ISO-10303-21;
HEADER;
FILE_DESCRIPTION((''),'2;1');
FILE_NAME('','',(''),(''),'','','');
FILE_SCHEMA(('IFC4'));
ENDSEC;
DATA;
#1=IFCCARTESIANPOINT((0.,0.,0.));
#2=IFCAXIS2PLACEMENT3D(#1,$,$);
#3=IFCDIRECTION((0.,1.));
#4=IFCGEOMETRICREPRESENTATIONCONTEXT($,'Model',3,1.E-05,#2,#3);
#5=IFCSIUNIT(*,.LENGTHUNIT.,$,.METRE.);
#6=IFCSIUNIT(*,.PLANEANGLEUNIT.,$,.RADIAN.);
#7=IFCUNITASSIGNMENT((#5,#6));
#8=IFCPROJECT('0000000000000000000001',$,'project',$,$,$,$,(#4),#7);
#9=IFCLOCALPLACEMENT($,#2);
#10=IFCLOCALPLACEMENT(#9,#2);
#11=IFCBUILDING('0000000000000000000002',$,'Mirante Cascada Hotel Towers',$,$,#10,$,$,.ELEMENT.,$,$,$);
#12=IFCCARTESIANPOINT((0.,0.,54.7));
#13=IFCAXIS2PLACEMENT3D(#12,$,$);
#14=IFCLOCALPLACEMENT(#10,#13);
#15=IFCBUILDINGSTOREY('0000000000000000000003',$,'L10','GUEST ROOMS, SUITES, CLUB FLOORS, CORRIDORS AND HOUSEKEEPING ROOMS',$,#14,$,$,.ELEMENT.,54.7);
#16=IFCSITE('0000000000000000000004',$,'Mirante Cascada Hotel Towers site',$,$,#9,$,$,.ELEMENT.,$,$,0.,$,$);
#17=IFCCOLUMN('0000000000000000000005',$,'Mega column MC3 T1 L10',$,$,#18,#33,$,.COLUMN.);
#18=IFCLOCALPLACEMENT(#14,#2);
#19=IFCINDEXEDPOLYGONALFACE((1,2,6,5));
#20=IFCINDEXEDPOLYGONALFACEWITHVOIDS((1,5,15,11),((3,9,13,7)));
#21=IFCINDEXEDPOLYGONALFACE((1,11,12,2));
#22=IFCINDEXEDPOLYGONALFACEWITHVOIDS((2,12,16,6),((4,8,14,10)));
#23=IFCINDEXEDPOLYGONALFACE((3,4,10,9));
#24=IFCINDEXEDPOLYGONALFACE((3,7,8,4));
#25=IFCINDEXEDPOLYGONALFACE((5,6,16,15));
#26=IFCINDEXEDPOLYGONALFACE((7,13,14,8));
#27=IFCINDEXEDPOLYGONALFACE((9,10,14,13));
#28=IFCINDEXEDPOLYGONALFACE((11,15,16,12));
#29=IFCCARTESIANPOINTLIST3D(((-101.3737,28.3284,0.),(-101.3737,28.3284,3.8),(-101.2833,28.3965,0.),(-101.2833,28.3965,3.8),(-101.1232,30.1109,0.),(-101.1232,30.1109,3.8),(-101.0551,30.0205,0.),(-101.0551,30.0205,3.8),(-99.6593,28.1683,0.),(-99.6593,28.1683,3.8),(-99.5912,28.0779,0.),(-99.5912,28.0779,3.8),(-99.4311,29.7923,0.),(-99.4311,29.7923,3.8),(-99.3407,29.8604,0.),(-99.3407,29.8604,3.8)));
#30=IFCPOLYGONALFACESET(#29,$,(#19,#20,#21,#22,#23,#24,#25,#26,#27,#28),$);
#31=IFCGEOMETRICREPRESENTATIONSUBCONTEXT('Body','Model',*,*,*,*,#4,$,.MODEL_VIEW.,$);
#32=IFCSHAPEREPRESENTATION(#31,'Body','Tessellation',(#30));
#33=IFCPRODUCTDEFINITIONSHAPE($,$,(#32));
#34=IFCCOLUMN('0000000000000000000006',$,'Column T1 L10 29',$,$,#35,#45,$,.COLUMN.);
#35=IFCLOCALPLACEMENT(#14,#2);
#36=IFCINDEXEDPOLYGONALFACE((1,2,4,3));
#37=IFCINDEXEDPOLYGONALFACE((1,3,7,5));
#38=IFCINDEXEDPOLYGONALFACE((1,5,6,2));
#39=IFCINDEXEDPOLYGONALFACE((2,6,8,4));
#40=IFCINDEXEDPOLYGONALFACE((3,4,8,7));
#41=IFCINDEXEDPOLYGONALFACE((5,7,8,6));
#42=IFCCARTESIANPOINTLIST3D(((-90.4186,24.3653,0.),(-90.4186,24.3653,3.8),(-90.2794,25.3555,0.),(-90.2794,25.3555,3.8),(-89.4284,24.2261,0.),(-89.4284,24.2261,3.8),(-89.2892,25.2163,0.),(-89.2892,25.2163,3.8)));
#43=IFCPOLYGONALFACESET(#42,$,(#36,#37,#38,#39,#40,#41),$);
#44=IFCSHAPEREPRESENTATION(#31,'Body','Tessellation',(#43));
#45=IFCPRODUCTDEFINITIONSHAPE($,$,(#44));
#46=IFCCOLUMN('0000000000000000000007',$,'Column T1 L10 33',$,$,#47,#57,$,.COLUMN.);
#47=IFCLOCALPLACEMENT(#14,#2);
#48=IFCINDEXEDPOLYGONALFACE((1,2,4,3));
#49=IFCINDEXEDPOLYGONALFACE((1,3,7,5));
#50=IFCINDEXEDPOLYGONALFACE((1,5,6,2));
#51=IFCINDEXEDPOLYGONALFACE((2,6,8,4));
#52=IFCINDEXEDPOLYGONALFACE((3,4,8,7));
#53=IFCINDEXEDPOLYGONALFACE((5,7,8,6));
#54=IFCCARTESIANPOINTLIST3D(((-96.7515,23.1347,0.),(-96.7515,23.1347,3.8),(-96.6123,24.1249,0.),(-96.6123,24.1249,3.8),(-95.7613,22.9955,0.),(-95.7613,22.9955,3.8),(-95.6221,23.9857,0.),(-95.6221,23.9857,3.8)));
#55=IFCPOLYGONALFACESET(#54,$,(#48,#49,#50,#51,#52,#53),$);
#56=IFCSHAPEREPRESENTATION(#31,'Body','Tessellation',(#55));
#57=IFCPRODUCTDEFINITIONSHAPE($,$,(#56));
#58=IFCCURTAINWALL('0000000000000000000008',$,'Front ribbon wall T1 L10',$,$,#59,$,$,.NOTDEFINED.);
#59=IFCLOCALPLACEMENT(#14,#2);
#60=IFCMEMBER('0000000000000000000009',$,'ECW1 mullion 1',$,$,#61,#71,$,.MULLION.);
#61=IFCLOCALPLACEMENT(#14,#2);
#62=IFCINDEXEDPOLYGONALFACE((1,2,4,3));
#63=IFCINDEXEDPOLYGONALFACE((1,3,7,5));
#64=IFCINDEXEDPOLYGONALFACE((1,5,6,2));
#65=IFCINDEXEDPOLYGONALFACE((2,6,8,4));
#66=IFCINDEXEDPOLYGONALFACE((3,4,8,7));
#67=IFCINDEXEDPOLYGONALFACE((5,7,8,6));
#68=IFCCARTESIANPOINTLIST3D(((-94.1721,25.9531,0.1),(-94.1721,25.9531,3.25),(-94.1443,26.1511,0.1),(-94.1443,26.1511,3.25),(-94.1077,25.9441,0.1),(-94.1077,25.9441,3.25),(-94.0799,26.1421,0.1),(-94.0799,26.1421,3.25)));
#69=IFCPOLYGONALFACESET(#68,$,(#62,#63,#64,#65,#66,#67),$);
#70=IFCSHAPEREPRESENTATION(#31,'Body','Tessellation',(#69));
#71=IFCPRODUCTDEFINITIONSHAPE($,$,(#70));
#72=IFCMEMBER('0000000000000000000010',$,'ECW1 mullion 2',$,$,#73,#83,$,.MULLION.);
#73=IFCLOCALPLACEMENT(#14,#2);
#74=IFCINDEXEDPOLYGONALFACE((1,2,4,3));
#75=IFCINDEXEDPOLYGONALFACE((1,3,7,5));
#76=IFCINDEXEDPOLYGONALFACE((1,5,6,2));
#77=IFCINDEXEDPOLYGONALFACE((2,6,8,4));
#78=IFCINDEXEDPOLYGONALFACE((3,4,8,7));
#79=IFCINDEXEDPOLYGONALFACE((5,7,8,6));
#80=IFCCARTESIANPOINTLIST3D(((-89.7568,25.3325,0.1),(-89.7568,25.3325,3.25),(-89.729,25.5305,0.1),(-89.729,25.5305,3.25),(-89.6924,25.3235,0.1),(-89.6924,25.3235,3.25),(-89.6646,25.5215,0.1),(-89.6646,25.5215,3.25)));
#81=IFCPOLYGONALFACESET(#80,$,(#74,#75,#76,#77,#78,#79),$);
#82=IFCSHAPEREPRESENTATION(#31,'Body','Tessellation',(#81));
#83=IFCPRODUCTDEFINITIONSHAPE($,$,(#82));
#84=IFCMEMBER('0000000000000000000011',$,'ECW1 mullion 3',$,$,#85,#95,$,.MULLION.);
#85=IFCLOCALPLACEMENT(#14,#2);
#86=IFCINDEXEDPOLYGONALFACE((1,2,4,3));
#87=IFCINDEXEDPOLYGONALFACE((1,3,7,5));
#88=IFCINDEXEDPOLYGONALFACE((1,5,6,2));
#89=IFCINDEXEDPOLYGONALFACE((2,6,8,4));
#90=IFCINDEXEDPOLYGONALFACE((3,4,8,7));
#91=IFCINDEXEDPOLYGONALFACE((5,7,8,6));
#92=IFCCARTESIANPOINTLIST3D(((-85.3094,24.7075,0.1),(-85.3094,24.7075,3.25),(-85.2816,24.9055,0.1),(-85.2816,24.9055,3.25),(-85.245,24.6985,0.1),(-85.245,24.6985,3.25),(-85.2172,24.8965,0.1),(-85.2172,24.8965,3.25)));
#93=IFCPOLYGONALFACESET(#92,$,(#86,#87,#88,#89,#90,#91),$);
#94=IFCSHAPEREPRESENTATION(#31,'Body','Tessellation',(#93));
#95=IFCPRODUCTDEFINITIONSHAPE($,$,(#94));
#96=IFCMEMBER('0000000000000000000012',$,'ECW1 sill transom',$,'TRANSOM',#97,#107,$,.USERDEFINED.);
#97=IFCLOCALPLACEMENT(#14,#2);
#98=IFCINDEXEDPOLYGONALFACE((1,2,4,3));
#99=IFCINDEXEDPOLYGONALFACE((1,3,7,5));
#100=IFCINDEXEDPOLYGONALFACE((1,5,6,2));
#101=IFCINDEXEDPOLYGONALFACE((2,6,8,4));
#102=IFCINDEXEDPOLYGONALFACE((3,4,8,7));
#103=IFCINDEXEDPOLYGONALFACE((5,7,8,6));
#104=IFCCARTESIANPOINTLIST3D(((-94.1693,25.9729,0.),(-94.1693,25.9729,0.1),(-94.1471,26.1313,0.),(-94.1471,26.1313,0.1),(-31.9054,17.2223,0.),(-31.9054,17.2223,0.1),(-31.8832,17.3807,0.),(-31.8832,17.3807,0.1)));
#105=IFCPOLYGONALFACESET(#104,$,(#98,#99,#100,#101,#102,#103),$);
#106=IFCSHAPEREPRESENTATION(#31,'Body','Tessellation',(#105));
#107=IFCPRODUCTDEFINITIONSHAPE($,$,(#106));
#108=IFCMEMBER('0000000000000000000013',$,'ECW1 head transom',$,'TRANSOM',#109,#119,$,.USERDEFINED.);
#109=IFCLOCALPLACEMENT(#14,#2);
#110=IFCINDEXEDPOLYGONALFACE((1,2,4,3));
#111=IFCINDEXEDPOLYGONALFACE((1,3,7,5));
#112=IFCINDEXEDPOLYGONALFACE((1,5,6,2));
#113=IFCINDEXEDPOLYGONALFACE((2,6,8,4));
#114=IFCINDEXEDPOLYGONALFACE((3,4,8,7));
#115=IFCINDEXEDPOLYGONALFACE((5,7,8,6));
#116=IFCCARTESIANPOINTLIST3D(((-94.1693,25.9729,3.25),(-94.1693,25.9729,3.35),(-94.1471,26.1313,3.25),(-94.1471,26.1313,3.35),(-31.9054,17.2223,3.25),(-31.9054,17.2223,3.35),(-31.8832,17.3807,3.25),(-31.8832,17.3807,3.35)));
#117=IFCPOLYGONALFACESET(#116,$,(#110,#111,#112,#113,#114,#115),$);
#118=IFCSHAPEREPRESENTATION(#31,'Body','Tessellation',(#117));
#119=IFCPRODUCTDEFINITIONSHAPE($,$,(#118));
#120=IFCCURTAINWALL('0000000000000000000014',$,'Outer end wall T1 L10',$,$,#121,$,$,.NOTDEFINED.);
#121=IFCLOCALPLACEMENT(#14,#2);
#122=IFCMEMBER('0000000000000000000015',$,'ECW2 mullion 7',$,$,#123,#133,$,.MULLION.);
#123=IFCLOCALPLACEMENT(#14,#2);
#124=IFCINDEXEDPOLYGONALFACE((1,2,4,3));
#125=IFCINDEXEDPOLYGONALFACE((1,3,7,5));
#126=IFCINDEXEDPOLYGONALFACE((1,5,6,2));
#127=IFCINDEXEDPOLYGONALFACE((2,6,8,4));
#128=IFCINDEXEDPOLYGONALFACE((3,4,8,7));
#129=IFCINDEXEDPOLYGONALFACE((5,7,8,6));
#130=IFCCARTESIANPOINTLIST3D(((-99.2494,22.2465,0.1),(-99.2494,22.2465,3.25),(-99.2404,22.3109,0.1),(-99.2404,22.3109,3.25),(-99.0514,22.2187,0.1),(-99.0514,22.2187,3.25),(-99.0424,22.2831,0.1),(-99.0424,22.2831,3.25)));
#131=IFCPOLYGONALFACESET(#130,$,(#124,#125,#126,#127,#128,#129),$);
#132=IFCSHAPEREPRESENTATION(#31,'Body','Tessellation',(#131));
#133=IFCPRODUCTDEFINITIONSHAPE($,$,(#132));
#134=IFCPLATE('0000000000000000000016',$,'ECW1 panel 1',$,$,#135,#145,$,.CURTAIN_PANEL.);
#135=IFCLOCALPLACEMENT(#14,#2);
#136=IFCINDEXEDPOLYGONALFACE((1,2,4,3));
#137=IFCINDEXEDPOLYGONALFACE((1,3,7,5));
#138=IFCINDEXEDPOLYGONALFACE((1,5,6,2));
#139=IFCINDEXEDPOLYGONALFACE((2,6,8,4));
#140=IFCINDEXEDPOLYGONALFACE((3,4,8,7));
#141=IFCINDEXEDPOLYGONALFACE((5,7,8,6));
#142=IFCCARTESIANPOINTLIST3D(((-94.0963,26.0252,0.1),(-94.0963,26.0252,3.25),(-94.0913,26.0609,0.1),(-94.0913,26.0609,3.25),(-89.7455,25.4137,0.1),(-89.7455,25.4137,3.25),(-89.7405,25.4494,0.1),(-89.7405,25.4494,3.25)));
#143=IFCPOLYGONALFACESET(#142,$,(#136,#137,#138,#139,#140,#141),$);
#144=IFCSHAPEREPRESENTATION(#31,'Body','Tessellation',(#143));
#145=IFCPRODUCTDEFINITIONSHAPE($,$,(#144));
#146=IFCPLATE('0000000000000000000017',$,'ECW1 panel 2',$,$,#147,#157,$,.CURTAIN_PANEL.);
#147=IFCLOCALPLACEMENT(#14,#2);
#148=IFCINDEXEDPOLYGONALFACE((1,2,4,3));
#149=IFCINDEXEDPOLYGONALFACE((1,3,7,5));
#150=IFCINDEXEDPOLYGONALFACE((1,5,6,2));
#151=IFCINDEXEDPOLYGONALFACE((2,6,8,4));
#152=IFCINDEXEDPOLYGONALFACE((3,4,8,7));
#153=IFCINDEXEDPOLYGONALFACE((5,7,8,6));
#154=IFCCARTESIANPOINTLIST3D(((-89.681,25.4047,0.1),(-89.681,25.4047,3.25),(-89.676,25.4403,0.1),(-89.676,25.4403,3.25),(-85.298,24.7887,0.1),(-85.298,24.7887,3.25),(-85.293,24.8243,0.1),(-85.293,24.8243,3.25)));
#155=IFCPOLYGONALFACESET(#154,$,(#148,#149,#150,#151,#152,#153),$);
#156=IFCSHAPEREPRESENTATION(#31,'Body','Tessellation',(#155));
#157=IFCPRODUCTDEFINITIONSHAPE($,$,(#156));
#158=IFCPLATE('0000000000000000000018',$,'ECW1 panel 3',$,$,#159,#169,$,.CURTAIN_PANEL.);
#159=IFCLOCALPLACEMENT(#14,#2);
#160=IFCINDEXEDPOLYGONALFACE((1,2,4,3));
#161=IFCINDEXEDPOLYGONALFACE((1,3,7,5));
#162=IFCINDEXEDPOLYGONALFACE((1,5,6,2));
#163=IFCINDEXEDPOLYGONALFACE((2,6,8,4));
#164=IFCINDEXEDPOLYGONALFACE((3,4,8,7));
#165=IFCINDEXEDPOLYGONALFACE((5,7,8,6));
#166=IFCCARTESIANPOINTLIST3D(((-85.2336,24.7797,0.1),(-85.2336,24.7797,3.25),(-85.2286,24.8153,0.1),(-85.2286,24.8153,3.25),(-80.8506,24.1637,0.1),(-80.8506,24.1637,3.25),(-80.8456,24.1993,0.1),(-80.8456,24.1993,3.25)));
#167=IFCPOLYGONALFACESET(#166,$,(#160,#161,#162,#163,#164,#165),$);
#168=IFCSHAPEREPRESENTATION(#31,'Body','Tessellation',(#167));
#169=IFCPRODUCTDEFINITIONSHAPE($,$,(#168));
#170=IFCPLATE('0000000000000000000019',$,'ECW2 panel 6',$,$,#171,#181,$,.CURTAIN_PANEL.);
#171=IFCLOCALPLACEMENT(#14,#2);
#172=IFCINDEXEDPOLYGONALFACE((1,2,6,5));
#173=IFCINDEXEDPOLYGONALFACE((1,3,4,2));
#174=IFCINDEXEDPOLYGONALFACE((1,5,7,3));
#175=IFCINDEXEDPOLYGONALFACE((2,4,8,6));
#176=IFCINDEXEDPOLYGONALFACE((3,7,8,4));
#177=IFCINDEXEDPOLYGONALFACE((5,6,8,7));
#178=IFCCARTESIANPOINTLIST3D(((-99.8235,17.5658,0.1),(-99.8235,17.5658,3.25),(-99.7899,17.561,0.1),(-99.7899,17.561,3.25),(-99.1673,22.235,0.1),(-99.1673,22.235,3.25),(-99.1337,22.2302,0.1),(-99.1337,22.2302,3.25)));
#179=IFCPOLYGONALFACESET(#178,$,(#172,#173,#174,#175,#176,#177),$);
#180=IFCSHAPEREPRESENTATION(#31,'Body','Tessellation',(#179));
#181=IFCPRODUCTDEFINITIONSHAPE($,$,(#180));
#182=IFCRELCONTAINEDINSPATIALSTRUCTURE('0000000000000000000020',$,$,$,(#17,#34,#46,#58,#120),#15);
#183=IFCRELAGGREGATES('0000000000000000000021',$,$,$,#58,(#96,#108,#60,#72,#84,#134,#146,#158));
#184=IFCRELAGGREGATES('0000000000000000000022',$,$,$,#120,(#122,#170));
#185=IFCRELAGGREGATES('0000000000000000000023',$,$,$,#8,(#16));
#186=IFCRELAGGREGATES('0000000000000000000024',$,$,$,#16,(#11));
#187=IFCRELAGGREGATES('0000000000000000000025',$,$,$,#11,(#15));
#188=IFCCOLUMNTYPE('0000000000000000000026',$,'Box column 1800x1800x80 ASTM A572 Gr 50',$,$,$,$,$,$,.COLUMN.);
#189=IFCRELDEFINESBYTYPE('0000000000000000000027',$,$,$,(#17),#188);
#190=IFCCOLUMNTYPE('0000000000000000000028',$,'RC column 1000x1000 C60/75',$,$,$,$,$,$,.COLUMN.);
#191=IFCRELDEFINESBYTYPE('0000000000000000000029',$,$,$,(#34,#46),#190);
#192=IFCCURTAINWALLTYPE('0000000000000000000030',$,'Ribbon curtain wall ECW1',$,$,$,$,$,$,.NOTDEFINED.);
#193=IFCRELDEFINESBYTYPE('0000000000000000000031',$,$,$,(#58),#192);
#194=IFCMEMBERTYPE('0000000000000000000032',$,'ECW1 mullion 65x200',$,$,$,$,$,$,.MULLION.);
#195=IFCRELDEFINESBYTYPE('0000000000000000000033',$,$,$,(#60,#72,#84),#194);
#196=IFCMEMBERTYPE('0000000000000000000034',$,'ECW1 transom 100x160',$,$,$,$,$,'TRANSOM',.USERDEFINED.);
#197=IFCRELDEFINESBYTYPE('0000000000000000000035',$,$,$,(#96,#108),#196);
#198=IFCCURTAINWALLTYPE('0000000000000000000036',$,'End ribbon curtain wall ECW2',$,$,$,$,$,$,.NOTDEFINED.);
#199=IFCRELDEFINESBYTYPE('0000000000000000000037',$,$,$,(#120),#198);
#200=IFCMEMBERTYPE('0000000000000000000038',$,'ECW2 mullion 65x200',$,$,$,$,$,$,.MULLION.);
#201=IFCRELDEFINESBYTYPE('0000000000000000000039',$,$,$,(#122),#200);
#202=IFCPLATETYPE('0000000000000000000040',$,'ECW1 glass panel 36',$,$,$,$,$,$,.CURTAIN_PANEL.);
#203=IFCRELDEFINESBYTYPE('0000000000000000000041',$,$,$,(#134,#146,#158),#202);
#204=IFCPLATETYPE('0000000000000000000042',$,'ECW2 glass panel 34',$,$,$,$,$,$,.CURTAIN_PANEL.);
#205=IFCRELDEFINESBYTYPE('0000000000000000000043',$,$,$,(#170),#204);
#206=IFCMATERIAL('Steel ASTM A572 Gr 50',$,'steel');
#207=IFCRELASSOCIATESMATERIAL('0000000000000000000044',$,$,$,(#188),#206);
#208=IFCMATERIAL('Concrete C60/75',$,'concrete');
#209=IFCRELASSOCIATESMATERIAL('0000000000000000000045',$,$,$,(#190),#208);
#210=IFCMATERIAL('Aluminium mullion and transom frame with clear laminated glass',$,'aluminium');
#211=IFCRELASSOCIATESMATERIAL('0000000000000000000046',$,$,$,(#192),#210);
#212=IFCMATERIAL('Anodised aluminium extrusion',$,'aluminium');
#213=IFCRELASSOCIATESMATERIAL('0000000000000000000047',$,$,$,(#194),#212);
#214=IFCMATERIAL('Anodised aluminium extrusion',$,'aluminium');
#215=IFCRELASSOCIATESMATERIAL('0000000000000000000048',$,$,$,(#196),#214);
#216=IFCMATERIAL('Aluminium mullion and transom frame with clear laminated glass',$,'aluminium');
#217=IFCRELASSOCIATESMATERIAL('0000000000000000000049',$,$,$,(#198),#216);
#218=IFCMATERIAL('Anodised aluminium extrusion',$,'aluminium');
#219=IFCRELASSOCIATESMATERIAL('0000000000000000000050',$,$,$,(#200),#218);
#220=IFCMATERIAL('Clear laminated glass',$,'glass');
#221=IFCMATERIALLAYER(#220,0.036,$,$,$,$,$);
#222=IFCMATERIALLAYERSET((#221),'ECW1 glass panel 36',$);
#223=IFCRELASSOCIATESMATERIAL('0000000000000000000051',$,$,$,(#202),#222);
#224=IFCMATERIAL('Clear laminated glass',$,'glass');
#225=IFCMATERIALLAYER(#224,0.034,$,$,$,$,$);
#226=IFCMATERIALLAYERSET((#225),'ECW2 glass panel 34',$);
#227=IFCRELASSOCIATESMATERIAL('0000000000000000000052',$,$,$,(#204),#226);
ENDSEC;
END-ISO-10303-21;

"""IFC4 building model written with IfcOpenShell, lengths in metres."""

from ifc_helpers import new_model, si_unit, direction, frame, origin, origin_2d, place, context, subcontext, project, spatial, rectangle, hollow_rectangle, extrude, material, layer, layer_set, material_profile, profile_set, type_object, element, aggregate, save


model = new_model("IFC4")

# Units and contexts
model_context = context("Model", 3, precision=1e-05, world=origin(), true_north=direction((0.0, 1.0)))
body_context = subcontext(model_context, "Body", "Model", "MODEL_VIEW")
ifc_project = project(units=[si_unit("LENGTHUNIT", "METRE"), si_unit("PLANEANGLEUNIT", "RADIAN")], contexts=[model_context])

# Site, building, storey
site_placement = place(None, origin())
site = spatial("IfcSite", under=ifc_project, at=site_placement, Name="Mirante Cascada Hotel Towers site", CompositionType="ELEMENT", RefElevation=0.0)
building_placement = place(site_placement, origin())
building = spatial("IfcBuilding", under=site, at=building_placement, Name="Mirante Cascada Hotel Towers", CompositionType="ELEMENT")
storey_placement = place(building_placement, frame((0.0, 0.0, 54.7)))
storey = spatial("IfcBuildingStorey", under=building, at=storey_placement, Name="L10", Description="GUEST ROOMS, SUITES, CLUB FLOORS, CORRIDORS AND HOUSEKEEPING ROOMS", CompositionType="ELEMENT", Elevation=54.7)

# Columns
ifc_material_1 = material(Name="Steel ASTM A572 Gr 50", Category="steel")
ifc_material_profile_1 = material_profile(ifc_material_1, hollow_rectangle(XDim=1.8, YDim=1.8, WallThickness=0.08, at=origin_2d()), Name="Box column 1800x1800x80 ASTM A572 Gr 50")
ifc_profile_set_1 = profile_set([ifc_material_profile_1], Name="Steel ASTM A572 Gr 50")
column_type_1 = type_object("IfcColumnType", Name="Box column 1800x1800x80 ASTM A572 Gr 50", PredefinedType="COLUMN", material=ifc_profile_set_1)
column_placement = place(storey_placement, frame((-100.3572, 29.0944, 0.0), z_axis=(0.0, 0.0, 1.0), x_axis=(-0.990268, 0.139173, 0.0)))
element("IfcColumn", 1, at=column_placement, inside=storey, type_object=column_type_1, Name="Mega column MC3 T1 L10", PredefinedType="COLUMN", context=body_context, shape_type="SweptSolid", body=[
    extrude(hollow_rectangle(XDim=1.8, YDim=1.8, WallThickness=0.08, at=origin_2d()), origin(), (0.0, 0.0, 1.0), 3.8),
])
ifc_material_2 = material(Name="Concrete C60/75", Category="concrete")
ifc_material_profile_2 = material_profile(ifc_material_2, rectangle(XDim=1.0, YDim=1.0, at=origin_2d()), Name="RC column 1000x1000 C60/75")
ifc_profile_set_2 = profile_set([ifc_material_profile_2], Name="Concrete C60/75")
column_type_2 = type_object("IfcColumnType", Name="RC column 1000x1000 C60/75", PredefinedType="COLUMN", material=ifc_profile_set_2)
for number, where, z_axis, x_axis, name in (
    (2, (-89.8539, 24.7908, 0.0), (0.0, 0.0, 1.0), (-0.990268, 0.139173, 0.0), "Column T1 L10 29"),
    (3, (-96.1868, 23.5602, 0.0), (0.0, 0.0, 1.0), (-0.990268, 0.139173, 0.0), "Column T1 L10 33"),
):
    element("IfcColumn", number, at=place(storey_placement, frame(where, z_axis=z_axis, x_axis=x_axis)), inside=storey, type_object=column_type_2, Name=name, PredefinedType="COLUMN", context=body_context, shape_type="SweptSolid", body=[
        extrude(rectangle(XDim=1.0, YDim=1.0, at=origin_2d()), origin(), (0.0, 0.0, 1.0), 3.8),
    ])

# Curtain wall, members
ifc_material_3 = material(Name="Aluminium mullion and transom frame with clear laminated glass", Category="aluminium")
curtain_wall_type_1 = type_object("IfcCurtainWallType", Name="Ribbon curtain wall ECW1", PredefinedType="NOTDEFINED", material=ifc_material_3)
curtain_wall_1_placement = place(storey_placement, origin())
curtain_wall_1 = element("IfcCurtainWall", 4, at=curtain_wall_1_placement, inside=storey, type_object=curtain_wall_type_1, Name="Front ribbon wall T1 L10", PredefinedType="NOTDEFINED")
ifc_material_4 = material(Name="Anodised aluminium extrusion", Category="aluminium")
ifc_material_profile_3 = material_profile(ifc_material_4, rectangle(XDim=0.2, YDim=0.065, at=origin_2d()), Name="ECW1 MULLION 65x200")
ifc_profile_set_3 = profile_set([ifc_material_profile_3], Name="Anodised aluminium extrusion")
member_type_1 = type_object("IfcMemberType", Name="ECW1 mullion 65x200", PredefinedType="MULLION", material=ifc_profile_set_3)
member_1_placement = place(storey_placement, frame((-94.126, 26.0476, 0.1), z_axis=(0.0, 0.0, 1.0), x_axis=(0.139173, 0.990268, 0.0)))
member_1 = element("IfcMember", 5, at=member_1_placement, type_object=member_type_1, Name="ECW1 mullion 1", PredefinedType="MULLION", context=body_context, shape_type="SweptSolid", body=[
    extrude(rectangle(XDim=0.2, YDim=0.065, at=origin_2d()), origin(), (0.0, 0.0, 1.0), 3.15),
])
member_2_placement = place(storey_placement, frame((-89.7107, 25.427, 0.1), z_axis=(0.0, 0.0, 1.0), x_axis=(0.139173, 0.990268, 0.0)))
member_2 = element("IfcMember", 6, at=member_2_placement, type_object=member_type_1, Name="ECW1 mullion 2", PredefinedType="MULLION", context=body_context, shape_type="SweptSolid", body=[
    extrude(rectangle(XDim=0.2, YDim=0.065, at=origin_2d()), origin(), (0.0, 0.0, 1.0), 3.15),
])
member_3_placement = place(storey_placement, frame((-85.2633, 24.802, 0.1), z_axis=(0.0, 0.0, 1.0), x_axis=(0.139173, 0.990268, 0.0)))
member_3 = element("IfcMember", 7, at=member_3_placement, type_object=member_type_1, Name="ECW1 mullion 3", PredefinedType="MULLION", context=body_context, shape_type="SweptSolid", body=[
    extrude(rectangle(XDim=0.2, YDim=0.065, at=origin_2d()), origin(), (0.0, 0.0, 1.0), 3.15),
])
ifc_material_5 = material(Name="Anodised aluminium extrusion", Category="aluminium")
ifc_material_profile_4 = material_profile(ifc_material_5, rectangle(XDim=0.16, YDim=0.1, at=origin_2d()), Name="ECW1 TRANSOM 100x160")
ifc_profile_set_4 = profile_set([ifc_material_profile_4], Name="Anodised aluminium extrusion")
member_type_2 = type_object("IfcMemberType", Name="ECW1 transom 100x160", ElementType="TRANSOM", PredefinedType="USERDEFINED", material=ifc_profile_set_4)
member_4_placement = place(storey_placement, frame((-94.1582, 26.0521, 0.05), z_axis=(0.990268, -0.139173, 0.0), x_axis=(0.139173, 0.990268, 0.0)))
member_4 = element("IfcMember", 8, at=member_4_placement, type_object=member_type_2, Name="ECW1 sill transom", ObjectType="TRANSOM", PredefinedType="USERDEFINED", context=body_context, shape_type="SweptSolid", body=[
    extrude(rectangle(XDim=0.16, YDim=0.1, at=origin_2d()), origin(), (0.0, 0.0, 1.0), 62.8758),
])
member_5_placement = place(storey_placement, frame((-94.1582, 26.0521, 3.3), z_axis=(0.990268, -0.139173, 0.0), x_axis=(0.139173, 0.990268, 0.0)))
member_5 = element("IfcMember", 9, at=member_5_placement, type_object=member_type_2, Name="ECW1 head transom", ObjectType="TRANSOM", PredefinedType="USERDEFINED", context=body_context, shape_type="SweptSolid", body=[
    extrude(rectangle(XDim=0.16, YDim=0.1, at=origin_2d()), origin(), (0.0, 0.0, 1.0), 62.8758),
])

# Curtain wall, member
ifc_material_6 = material(Name="Aluminium mullion and transom frame with clear laminated glass", Category="aluminium")
curtain_wall_type_2 = type_object("IfcCurtainWallType", Name="End ribbon curtain wall ECW2", PredefinedType="NOTDEFINED", material=ifc_material_6)
curtain_wall_2_placement = place(storey_placement, origin())
curtain_wall_2 = element("IfcCurtainWall", 10, at=curtain_wall_2_placement, inside=storey, type_object=curtain_wall_type_2, Name="Outer end wall T1 L10", PredefinedType="NOTDEFINED")
ifc_material_7 = material(Name="Anodised aluminium extrusion", Category="aluminium")
ifc_material_profile_5 = material_profile(ifc_material_7, rectangle(XDim=0.2, YDim=0.065, at=origin_2d()), Name="ECW2 MULLION 65x200")
ifc_profile_set_5 = profile_set([ifc_material_profile_5], Name="Anodised aluminium extrusion")
member_type_3 = type_object("IfcMemberType", Name="ECW2 mullion 65x200", PredefinedType="MULLION", material=ifc_profile_set_5)
member_6_placement = place(storey_placement, frame((-99.1459, 22.2648, 0.1), z_axis=(0.0, 0.0, 1.0), x_axis=(-0.990268, 0.139173, 0.0)))
member_6 = element("IfcMember", 11, at=member_6_placement, type_object=member_type_3, Name="ECW2 mullion 7", PredefinedType="MULLION", context=body_context, shape_type="SweptSolid", body=[
    extrude(rectangle(XDim=0.2, YDim=0.065, at=origin_2d()), origin(), (0.0, 0.0, 1.0), 3.15),
])

# Plates
ifc_material_8 = material(Name="Clear laminated glass", Category="glass")
ifc_layer_1 = layer(ifc_material_8, 0.036)
ifc_layer_set_1 = layer_set([ifc_layer_1], Name="ECW1 glass panel 36")
plate_type_1 = type_object("IfcPlateType", Name="ECW1 glass panel 36", PredefinedType="CURTAIN_PANEL", material=ifc_layer_set_1)
plate_1_placement = place(storey_placement, frame((-91.9184, 25.7373, 0.1), z_axis=(0.0, 0.0, 1.0), x_axis=(0.990268, -0.139173, 0.0)))
plate_1 = element("IfcPlate", 12, at=plate_1_placement, type_object=plate_type_1, Name="ECW1 panel 1", PredefinedType="CURTAIN_PANEL", context=body_context, shape_type="SweptSolid", body=[
    extrude(rectangle(XDim=4.3936, YDim=0.036, at=origin_2d()), origin(), (0.0, 0.0, 1.0), 3.15),
])
plate_2_placement = place(storey_placement, frame((-87.487, 25.1145, 0.1), z_axis=(0.0, 0.0, 1.0), x_axis=(0.990268, -0.139173, 0.0)))
plate_2 = element("IfcPlate", 13, at=plate_2_placement, type_object=plate_type_1, Name="ECW1 panel 2", PredefinedType="CURTAIN_PANEL", context=body_context, shape_type="SweptSolid", body=[
    extrude(rectangle(XDim=4.4261, YDim=0.036, at=origin_2d()), origin(), (0.0, 0.0, 1.0), 3.15),
])
plate_3_placement = place(storey_placement, frame((-83.0396, 24.4895, 0.1), z_axis=(0.0, 0.0, 1.0), x_axis=(0.990268, -0.139173, 0.0)))
plate_3 = element("IfcPlate", 14, at=plate_3_placement, type_object=plate_type_1, Name="ECW1 panel 3", PredefinedType="CURTAIN_PANEL", context=body_context, shape_type="SweptSolid", body=[
    extrude(rectangle(XDim=4.4261, YDim=0.036, at=origin_2d()), origin(), (0.0, 0.0, 1.0), 3.15),
])
aggregate(curtain_wall_1, [member_4, member_5, member_1, member_2, member_3, plate_1, plate_2, plate_3])
ifc_material_9 = material(Name="Clear laminated glass", Category="glass")
ifc_layer_2 = layer(ifc_material_9, 0.034)
ifc_layer_set_2 = layer_set([ifc_layer_2], Name="ECW2 glass panel 34")
plate_type_2 = type_object("IfcPlateType", Name="ECW2 glass panel 34", PredefinedType="CURTAIN_PANEL", material=ifc_layer_set_2)
plate_4_placement = place(storey_placement, frame((-99.4786, 19.898, 0.1), z_axis=(0.0, 0.0, 1.0), x_axis=(0.139173, 0.990268, 0.0)))
plate_4 = element("IfcPlate", 15, at=plate_4_placement, type_object=plate_type_2, Name="ECW2 panel 6", PredefinedType="CURTAIN_PANEL", context=body_context, shape_type="SweptSolid", body=[
    extrude(rectangle(XDim=4.7151, YDim=0.034, at=origin_2d()), origin(), (0.0, 0.0, 1.0), 3.15),
])
aggregate(curtain_wall_2, [member_6, plate_4])

save(model, "model.ifc")
